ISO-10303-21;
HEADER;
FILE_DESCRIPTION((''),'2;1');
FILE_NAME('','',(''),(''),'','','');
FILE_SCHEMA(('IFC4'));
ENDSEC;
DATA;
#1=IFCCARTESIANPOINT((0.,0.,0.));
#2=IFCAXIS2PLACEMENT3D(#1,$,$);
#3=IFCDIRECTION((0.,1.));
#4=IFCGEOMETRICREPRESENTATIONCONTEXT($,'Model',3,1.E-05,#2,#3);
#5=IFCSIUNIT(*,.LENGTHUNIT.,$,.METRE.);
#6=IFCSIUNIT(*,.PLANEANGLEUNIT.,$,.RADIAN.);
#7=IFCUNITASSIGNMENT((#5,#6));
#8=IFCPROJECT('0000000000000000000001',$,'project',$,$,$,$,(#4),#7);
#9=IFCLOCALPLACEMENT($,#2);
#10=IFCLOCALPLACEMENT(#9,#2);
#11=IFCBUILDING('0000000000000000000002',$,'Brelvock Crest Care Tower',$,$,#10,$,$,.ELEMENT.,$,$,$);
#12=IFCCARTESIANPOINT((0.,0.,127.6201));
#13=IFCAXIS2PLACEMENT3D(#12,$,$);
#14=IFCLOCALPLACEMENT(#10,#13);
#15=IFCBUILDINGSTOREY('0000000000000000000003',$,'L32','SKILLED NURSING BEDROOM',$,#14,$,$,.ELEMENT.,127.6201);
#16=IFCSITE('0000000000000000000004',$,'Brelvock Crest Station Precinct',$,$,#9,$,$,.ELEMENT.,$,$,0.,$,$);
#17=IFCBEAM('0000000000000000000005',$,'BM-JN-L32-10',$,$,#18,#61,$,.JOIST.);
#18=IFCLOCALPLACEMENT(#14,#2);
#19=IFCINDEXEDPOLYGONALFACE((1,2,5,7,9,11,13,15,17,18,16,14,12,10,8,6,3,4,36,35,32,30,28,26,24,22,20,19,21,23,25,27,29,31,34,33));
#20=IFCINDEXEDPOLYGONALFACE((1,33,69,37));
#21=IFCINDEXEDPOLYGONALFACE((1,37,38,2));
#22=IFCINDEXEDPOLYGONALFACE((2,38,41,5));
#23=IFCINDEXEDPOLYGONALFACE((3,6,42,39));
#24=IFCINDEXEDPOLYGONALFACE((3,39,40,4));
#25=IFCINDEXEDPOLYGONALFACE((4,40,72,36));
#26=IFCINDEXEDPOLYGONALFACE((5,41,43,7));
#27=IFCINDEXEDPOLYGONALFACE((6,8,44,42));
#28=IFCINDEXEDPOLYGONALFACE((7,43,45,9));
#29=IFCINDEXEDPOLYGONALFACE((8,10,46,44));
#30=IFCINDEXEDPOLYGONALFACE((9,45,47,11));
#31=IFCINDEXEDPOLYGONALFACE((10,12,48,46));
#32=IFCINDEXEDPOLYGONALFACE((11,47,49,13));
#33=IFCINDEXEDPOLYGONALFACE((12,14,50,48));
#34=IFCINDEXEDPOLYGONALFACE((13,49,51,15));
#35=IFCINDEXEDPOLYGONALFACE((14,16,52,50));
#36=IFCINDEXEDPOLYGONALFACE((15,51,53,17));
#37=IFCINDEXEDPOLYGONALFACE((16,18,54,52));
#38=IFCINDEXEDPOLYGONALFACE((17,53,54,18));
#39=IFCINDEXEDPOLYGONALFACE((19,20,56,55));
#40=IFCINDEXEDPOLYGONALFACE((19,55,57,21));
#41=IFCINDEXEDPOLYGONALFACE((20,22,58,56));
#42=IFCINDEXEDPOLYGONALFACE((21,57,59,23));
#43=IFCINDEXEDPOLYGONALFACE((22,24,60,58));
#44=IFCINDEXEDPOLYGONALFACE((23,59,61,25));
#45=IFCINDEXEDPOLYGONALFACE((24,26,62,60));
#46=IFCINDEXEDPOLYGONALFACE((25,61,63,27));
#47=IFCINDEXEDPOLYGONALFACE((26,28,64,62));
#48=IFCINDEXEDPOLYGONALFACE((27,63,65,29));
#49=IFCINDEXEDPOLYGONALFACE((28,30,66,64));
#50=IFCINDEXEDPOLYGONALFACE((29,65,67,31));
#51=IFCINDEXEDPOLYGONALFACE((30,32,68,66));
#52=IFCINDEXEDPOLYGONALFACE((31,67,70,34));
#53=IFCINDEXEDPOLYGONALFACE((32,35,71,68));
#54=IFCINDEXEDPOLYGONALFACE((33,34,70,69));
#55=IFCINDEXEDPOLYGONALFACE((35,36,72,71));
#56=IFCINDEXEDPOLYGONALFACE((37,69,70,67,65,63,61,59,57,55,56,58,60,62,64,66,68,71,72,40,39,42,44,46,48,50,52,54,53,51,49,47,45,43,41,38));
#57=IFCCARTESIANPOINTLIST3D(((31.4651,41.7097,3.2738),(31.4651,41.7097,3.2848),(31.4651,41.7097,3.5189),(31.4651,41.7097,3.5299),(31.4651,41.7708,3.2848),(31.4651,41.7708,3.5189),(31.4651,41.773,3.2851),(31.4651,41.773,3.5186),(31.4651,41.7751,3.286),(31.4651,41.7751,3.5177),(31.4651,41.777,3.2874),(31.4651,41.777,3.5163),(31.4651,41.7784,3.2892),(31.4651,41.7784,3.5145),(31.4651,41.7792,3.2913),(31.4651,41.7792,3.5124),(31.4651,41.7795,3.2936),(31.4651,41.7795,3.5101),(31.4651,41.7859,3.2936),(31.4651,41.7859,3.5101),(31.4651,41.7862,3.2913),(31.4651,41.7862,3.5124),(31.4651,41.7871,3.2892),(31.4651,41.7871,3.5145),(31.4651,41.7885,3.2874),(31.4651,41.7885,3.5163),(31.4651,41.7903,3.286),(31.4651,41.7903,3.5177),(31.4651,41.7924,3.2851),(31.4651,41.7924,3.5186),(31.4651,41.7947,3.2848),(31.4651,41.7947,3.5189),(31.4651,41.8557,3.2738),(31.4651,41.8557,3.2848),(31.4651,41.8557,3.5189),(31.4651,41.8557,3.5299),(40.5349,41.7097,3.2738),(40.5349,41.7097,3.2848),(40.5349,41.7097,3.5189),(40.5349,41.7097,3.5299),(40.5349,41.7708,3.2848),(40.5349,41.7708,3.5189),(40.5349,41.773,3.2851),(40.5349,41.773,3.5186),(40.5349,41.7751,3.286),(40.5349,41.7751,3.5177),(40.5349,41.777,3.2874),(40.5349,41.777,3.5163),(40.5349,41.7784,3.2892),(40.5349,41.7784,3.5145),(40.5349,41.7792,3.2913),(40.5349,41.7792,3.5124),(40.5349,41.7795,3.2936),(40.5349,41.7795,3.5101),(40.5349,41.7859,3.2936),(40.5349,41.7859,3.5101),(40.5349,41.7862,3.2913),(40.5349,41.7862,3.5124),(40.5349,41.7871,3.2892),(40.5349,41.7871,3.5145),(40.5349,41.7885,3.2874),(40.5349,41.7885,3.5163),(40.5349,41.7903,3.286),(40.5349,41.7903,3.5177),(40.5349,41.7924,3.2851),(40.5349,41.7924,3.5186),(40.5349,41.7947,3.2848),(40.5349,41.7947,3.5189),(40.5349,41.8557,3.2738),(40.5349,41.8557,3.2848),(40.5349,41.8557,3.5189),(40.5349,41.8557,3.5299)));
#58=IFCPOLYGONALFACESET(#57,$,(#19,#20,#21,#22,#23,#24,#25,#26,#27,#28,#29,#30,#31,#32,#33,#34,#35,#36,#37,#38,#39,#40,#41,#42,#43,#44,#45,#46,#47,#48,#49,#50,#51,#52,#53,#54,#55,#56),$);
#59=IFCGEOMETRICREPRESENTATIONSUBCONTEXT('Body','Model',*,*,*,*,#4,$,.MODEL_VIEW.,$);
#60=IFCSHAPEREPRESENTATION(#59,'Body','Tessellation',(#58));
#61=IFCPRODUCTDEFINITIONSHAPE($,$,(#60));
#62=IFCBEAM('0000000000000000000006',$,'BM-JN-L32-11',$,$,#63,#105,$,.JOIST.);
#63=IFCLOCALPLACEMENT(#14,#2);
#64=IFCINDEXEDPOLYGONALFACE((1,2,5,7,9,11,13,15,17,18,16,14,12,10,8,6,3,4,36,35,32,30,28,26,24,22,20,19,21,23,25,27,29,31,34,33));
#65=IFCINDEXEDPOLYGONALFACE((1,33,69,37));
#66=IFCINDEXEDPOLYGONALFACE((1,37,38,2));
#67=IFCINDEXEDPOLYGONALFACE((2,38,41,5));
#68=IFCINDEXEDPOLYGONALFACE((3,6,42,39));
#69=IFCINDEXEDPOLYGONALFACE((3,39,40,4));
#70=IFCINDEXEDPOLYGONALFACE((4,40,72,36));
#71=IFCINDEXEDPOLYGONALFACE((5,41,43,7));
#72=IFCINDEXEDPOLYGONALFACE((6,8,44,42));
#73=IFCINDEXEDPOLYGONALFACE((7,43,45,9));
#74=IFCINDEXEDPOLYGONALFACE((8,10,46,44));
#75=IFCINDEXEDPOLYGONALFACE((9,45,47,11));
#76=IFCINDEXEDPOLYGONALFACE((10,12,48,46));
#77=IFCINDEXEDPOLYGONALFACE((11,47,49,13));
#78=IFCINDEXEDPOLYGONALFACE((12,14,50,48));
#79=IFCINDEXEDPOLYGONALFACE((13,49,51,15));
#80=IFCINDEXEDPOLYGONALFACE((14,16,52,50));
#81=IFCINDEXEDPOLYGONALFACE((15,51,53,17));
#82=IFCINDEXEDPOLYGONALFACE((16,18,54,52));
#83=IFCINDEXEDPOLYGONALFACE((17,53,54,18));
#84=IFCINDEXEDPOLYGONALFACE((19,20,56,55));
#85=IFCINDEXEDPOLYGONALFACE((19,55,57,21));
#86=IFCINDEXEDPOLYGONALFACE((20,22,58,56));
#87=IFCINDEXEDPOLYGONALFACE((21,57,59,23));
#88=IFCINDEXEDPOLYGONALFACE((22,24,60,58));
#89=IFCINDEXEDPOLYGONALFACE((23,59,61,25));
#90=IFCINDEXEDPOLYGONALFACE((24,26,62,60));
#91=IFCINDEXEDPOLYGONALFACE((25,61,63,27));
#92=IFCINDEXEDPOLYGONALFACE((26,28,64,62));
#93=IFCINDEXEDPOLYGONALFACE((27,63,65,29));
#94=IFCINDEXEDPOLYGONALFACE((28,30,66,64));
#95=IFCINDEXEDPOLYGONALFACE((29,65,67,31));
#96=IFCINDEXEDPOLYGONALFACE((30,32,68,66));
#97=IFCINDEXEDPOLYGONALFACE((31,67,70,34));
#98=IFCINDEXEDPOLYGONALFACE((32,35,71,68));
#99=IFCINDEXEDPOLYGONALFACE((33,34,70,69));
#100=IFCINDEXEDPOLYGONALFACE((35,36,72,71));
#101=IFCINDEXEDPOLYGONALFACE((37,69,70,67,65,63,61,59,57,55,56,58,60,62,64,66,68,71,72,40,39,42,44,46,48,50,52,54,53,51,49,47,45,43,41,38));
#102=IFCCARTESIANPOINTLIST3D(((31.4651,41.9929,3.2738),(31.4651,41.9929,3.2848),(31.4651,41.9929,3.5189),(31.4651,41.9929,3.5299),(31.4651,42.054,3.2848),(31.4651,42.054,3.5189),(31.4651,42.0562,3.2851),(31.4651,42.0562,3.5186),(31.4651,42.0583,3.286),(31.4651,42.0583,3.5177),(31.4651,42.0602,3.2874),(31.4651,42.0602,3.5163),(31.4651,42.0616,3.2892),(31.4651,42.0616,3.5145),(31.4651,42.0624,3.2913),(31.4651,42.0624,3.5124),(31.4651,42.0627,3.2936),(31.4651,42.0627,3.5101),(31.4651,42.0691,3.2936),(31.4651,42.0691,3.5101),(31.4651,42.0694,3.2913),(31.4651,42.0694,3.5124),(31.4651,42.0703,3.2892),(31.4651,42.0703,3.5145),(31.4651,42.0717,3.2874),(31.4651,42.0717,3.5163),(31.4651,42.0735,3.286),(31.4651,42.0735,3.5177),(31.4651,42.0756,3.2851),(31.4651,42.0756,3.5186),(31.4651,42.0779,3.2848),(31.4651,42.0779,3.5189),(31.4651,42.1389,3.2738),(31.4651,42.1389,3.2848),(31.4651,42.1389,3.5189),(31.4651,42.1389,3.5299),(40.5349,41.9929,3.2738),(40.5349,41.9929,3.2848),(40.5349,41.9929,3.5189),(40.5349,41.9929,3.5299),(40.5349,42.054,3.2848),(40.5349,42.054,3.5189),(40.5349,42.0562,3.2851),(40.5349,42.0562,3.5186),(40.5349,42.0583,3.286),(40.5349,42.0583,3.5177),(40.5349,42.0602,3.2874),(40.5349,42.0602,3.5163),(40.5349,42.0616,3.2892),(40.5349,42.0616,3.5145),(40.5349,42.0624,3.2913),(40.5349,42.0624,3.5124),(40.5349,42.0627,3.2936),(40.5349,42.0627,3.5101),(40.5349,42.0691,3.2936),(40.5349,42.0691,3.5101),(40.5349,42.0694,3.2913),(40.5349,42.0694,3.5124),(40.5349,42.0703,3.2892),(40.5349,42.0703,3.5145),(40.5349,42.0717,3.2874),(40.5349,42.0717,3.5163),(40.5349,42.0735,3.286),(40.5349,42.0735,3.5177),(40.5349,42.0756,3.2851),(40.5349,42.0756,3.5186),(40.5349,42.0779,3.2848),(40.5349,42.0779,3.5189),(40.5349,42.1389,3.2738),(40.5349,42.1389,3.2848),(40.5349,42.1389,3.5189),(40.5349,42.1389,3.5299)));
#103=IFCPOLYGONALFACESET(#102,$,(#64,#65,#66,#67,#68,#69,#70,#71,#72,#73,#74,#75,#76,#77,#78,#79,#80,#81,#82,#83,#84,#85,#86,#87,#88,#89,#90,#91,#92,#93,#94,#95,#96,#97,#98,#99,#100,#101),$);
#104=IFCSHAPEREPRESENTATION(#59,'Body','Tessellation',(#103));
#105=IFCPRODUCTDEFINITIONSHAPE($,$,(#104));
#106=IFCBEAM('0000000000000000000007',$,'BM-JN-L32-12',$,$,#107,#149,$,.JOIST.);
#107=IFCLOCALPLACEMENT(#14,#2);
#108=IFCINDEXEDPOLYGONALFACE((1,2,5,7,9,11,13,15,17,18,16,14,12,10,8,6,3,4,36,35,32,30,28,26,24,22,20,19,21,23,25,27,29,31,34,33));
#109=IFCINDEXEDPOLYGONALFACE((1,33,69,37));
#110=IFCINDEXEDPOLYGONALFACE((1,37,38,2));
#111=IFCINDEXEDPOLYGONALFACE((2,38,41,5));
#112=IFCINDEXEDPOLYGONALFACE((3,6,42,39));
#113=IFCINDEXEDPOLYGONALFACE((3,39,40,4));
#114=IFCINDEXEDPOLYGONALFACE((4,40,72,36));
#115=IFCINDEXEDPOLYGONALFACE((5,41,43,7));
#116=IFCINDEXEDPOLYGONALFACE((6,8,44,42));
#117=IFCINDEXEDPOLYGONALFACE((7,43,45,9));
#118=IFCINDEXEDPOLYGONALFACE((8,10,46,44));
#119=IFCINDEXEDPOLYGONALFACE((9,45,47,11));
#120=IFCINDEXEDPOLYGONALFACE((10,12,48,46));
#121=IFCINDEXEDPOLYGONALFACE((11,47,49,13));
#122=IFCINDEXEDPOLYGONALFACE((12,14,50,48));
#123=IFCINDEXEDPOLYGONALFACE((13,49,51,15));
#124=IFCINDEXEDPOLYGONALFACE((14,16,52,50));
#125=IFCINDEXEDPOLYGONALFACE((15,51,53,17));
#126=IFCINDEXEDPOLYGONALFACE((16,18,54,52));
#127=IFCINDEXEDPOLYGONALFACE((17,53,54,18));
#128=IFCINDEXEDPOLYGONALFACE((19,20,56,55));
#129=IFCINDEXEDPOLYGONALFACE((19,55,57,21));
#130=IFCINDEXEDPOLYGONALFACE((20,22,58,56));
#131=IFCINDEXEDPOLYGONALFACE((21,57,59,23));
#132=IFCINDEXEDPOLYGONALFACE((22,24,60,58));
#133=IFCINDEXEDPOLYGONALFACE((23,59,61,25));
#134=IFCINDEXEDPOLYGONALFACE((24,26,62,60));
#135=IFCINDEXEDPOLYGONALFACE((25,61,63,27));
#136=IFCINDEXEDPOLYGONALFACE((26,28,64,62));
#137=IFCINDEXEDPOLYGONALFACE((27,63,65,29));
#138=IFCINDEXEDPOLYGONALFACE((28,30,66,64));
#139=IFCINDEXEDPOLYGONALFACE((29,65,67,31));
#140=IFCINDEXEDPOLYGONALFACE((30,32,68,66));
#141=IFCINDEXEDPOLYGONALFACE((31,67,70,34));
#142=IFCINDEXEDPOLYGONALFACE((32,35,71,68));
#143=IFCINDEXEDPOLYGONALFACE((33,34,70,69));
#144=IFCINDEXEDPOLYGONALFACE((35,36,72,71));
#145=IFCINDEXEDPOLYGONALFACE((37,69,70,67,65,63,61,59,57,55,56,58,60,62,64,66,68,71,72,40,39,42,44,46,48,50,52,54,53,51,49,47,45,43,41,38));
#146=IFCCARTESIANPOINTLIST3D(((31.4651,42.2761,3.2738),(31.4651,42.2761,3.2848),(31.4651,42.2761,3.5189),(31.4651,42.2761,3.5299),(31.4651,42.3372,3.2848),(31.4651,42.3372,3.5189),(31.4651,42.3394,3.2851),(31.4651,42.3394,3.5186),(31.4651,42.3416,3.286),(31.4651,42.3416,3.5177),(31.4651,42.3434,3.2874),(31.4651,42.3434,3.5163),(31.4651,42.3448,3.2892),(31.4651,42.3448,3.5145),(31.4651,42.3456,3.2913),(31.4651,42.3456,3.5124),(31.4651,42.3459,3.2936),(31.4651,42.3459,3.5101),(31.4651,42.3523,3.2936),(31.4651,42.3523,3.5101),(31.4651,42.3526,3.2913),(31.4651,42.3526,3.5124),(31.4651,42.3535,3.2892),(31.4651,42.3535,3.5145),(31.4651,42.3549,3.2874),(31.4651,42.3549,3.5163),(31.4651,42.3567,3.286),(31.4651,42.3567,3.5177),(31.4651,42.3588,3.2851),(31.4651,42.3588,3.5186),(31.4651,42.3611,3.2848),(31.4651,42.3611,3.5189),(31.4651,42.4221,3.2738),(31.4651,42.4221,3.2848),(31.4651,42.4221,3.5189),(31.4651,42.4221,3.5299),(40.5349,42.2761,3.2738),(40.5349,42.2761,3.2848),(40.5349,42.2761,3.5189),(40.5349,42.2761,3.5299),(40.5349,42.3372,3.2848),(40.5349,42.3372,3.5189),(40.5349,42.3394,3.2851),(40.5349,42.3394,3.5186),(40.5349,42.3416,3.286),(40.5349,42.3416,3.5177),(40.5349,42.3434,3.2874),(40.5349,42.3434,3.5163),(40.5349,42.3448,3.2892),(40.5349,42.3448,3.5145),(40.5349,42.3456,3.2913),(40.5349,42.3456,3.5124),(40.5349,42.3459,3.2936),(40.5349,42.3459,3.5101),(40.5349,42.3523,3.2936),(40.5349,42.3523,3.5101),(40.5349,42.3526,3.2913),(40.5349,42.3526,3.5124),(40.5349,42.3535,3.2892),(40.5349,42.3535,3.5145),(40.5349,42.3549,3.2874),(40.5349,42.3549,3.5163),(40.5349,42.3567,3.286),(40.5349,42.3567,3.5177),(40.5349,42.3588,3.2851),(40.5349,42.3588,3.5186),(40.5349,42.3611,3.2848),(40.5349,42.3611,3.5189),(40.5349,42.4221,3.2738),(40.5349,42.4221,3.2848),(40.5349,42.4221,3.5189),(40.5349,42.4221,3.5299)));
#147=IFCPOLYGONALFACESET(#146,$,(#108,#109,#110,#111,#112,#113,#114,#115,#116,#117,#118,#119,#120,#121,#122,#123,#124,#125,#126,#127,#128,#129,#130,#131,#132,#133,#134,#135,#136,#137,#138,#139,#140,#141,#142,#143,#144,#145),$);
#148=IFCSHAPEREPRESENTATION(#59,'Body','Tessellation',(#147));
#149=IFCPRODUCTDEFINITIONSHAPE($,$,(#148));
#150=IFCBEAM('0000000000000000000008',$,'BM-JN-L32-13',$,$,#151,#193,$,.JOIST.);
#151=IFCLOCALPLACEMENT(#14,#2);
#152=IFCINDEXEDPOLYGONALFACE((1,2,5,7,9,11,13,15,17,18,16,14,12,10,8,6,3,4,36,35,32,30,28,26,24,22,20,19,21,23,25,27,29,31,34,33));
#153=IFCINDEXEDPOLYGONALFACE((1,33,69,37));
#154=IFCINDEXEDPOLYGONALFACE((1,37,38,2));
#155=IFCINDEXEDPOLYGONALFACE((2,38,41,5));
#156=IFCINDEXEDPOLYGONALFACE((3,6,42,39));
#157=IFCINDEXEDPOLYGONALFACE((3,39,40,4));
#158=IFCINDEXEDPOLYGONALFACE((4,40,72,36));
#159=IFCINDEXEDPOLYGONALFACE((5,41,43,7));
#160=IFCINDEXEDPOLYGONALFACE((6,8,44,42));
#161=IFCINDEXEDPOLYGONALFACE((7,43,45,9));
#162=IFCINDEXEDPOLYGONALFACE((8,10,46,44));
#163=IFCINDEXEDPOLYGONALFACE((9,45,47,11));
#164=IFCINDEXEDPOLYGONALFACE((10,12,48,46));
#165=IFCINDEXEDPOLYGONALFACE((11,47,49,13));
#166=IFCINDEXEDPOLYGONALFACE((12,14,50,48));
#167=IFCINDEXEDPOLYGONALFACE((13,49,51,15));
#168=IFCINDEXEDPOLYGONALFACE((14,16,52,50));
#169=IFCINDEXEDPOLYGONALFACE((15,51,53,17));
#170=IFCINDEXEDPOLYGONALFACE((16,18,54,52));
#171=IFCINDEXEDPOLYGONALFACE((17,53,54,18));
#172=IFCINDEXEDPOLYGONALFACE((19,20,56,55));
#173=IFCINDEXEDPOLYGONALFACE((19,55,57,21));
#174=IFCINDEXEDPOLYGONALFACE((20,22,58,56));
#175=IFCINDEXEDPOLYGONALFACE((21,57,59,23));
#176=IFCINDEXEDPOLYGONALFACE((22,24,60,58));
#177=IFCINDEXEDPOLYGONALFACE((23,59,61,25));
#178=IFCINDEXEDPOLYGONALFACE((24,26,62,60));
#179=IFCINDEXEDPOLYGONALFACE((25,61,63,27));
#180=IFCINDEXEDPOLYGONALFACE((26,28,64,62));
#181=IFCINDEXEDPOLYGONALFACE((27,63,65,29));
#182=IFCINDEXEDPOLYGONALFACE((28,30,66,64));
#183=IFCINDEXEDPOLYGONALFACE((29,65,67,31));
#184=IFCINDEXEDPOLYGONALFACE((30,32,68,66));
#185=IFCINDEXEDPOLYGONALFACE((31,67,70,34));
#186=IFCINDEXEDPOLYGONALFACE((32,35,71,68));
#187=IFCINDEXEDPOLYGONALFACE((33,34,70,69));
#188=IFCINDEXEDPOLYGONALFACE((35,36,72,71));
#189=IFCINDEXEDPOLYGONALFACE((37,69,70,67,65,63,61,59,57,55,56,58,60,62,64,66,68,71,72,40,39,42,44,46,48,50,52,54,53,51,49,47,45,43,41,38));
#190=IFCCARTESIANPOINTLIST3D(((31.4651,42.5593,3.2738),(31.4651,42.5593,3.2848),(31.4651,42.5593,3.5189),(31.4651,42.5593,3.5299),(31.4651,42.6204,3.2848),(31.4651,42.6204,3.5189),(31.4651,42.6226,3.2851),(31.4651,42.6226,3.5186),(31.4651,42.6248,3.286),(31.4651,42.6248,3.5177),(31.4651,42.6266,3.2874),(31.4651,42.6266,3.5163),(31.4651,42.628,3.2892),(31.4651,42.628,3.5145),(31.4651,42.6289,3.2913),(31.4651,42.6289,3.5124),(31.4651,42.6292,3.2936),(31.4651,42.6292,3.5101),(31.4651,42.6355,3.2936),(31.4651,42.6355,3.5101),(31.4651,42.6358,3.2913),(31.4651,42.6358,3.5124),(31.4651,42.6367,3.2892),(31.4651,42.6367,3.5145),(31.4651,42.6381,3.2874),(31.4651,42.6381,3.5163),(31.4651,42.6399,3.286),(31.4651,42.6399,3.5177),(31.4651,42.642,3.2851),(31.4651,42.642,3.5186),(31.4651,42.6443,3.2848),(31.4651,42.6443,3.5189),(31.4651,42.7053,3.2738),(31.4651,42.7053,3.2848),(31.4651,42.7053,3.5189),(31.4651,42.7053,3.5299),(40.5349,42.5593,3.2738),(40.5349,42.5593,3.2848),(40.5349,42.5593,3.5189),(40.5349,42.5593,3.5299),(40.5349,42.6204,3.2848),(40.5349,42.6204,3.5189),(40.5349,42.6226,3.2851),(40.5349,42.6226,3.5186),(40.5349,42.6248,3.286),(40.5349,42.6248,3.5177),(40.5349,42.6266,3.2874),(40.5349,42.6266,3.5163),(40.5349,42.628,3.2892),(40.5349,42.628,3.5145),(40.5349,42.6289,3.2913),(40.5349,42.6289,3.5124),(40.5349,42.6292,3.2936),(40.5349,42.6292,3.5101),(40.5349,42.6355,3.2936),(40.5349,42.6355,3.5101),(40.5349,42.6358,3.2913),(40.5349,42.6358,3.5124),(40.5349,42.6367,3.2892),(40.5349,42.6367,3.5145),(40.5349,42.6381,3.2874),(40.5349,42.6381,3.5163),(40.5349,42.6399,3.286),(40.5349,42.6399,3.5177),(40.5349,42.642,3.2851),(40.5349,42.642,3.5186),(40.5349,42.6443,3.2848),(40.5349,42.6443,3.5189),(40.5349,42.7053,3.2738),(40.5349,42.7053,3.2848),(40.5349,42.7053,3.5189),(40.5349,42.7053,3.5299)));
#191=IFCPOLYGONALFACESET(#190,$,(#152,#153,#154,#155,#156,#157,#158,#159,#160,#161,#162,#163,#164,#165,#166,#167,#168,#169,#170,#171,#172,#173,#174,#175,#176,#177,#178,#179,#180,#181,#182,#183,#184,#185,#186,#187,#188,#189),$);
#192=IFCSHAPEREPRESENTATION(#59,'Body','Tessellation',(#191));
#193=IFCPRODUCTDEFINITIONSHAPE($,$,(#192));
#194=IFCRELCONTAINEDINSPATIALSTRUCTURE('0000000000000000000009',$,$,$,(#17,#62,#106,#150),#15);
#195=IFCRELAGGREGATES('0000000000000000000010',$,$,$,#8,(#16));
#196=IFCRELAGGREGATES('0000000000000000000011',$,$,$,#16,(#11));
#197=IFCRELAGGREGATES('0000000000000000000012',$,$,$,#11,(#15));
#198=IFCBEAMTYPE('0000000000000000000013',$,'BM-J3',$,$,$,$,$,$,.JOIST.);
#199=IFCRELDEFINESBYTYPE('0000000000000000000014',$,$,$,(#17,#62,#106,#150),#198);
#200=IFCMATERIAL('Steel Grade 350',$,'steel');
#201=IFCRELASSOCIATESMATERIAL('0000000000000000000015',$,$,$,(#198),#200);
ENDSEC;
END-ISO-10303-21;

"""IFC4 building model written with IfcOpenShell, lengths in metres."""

from ifc_helpers import new_model, si_unit, direction, frame, origin, origin_2d, place, context, subcontext, project, spatial, i_section, extrude, source, transform, mapped, material, material_profile, profile_set, type_object, element, save


model = new_model("IFC4")

# Units and contexts
model_context = context("Model", 3, precision=1e-05, world=origin(), true_north=direction((0.0, 1.0)))
body_context = subcontext(model_context, "Body", "Model", "MODEL_VIEW")
ifc_project = project(units=[si_unit("LENGTHUNIT", "METRE"), si_unit("PLANEANGLEUNIT", "RADIAN")], contexts=[model_context])

# Site, building, storey
site_placement = place(None, origin())
site = spatial("IfcSite", under=ifc_project, at=site_placement, Name="Brelvock Crest Station Precinct", CompositionType="ELEMENT", RefElevation=0.0)
building_placement = place(site_placement, origin())
building = spatial("IfcBuilding", under=site, at=building_placement, Name="Brelvock Crest Care Tower", CompositionType="ELEMENT")
storey_placement = place(building_placement, frame((0.0, 0.0, 127.6201)))
storey = spatial("IfcBuildingStorey", under=building, at=storey_placement, Name="L32", Description="SKILLED NURSING BEDROOM", CompositionType="ELEMENT", Elevation=127.6201)

# Shared definitions
ifc_material_1 = material(Name="Steel Grade 350", Category="steel")

# Beams
ifc_material_profile_1 = material_profile(ifc_material_1, i_section(OverallWidth=0.146, OverallDepth=0.2561, WebThickness=0.0063, FlangeThickness=0.011, FilletRadius=0.0088, at=origin_2d()), Name="250UB37.3")
ifc_profile_set_1 = profile_set([ifc_material_profile_1], Name="Steel Grade 350")
beam_type_1 = type_object("IfcBeamType", Name="BM-J3", PredefinedType="JOIST", material=ifc_profile_set_1)
shared_shape_1 = source(origin(), body_context, "Body", "SweptSolid", [
    extrude(i_section(OverallWidth=0.146, OverallDepth=0.2561, WebThickness=0.0063, FlangeThickness=0.011, FilletRadius=0.0088, at=origin_2d()), origin(), (0.0, 0.0, 1.0), 9.0698),
])
for number, where, z_axis, x_axis, name in (
    (1, (31.4651, 41.7827, 3.4019), (1.0, 0.0, 0.0), (0.0, 1.0, 0.0), "BM-JN-L32-10"),
    (2, (31.4651, 42.0659, 3.4019), (1.0, 0.0, 0.0), (0.0, 1.0, 0.0), "BM-JN-L32-11"),
    (3, (31.4651, 42.3491, 3.4019), (1.0, 0.0, 0.0), (0.0, 1.0, 0.0), "BM-JN-L32-12"),
    (4, (31.4651, 42.6323, 3.4019), (1.0, 0.0, 0.0), (0.0, 1.0, 0.0), "BM-JN-L32-13"),
):
    element("IfcBeam", number, at=place(storey_placement, frame(where, z_axis=z_axis, x_axis=x_axis)), inside=storey, type_object=beam_type_1, Name=name, PredefinedType="JOIST", context=body_context, shape_type="MappedRepresentation", body=[
        mapped(shared_shape_1, transform((0.0, 0.0, 0.0), x_axis=(1.0, 0.0, 0.0), y_axis=(0.0, 1.0, 0.0), z_axis=(0.0, 0.0, 1.0), scale=1.0)),
    ])

save(model, "model.ifc")
